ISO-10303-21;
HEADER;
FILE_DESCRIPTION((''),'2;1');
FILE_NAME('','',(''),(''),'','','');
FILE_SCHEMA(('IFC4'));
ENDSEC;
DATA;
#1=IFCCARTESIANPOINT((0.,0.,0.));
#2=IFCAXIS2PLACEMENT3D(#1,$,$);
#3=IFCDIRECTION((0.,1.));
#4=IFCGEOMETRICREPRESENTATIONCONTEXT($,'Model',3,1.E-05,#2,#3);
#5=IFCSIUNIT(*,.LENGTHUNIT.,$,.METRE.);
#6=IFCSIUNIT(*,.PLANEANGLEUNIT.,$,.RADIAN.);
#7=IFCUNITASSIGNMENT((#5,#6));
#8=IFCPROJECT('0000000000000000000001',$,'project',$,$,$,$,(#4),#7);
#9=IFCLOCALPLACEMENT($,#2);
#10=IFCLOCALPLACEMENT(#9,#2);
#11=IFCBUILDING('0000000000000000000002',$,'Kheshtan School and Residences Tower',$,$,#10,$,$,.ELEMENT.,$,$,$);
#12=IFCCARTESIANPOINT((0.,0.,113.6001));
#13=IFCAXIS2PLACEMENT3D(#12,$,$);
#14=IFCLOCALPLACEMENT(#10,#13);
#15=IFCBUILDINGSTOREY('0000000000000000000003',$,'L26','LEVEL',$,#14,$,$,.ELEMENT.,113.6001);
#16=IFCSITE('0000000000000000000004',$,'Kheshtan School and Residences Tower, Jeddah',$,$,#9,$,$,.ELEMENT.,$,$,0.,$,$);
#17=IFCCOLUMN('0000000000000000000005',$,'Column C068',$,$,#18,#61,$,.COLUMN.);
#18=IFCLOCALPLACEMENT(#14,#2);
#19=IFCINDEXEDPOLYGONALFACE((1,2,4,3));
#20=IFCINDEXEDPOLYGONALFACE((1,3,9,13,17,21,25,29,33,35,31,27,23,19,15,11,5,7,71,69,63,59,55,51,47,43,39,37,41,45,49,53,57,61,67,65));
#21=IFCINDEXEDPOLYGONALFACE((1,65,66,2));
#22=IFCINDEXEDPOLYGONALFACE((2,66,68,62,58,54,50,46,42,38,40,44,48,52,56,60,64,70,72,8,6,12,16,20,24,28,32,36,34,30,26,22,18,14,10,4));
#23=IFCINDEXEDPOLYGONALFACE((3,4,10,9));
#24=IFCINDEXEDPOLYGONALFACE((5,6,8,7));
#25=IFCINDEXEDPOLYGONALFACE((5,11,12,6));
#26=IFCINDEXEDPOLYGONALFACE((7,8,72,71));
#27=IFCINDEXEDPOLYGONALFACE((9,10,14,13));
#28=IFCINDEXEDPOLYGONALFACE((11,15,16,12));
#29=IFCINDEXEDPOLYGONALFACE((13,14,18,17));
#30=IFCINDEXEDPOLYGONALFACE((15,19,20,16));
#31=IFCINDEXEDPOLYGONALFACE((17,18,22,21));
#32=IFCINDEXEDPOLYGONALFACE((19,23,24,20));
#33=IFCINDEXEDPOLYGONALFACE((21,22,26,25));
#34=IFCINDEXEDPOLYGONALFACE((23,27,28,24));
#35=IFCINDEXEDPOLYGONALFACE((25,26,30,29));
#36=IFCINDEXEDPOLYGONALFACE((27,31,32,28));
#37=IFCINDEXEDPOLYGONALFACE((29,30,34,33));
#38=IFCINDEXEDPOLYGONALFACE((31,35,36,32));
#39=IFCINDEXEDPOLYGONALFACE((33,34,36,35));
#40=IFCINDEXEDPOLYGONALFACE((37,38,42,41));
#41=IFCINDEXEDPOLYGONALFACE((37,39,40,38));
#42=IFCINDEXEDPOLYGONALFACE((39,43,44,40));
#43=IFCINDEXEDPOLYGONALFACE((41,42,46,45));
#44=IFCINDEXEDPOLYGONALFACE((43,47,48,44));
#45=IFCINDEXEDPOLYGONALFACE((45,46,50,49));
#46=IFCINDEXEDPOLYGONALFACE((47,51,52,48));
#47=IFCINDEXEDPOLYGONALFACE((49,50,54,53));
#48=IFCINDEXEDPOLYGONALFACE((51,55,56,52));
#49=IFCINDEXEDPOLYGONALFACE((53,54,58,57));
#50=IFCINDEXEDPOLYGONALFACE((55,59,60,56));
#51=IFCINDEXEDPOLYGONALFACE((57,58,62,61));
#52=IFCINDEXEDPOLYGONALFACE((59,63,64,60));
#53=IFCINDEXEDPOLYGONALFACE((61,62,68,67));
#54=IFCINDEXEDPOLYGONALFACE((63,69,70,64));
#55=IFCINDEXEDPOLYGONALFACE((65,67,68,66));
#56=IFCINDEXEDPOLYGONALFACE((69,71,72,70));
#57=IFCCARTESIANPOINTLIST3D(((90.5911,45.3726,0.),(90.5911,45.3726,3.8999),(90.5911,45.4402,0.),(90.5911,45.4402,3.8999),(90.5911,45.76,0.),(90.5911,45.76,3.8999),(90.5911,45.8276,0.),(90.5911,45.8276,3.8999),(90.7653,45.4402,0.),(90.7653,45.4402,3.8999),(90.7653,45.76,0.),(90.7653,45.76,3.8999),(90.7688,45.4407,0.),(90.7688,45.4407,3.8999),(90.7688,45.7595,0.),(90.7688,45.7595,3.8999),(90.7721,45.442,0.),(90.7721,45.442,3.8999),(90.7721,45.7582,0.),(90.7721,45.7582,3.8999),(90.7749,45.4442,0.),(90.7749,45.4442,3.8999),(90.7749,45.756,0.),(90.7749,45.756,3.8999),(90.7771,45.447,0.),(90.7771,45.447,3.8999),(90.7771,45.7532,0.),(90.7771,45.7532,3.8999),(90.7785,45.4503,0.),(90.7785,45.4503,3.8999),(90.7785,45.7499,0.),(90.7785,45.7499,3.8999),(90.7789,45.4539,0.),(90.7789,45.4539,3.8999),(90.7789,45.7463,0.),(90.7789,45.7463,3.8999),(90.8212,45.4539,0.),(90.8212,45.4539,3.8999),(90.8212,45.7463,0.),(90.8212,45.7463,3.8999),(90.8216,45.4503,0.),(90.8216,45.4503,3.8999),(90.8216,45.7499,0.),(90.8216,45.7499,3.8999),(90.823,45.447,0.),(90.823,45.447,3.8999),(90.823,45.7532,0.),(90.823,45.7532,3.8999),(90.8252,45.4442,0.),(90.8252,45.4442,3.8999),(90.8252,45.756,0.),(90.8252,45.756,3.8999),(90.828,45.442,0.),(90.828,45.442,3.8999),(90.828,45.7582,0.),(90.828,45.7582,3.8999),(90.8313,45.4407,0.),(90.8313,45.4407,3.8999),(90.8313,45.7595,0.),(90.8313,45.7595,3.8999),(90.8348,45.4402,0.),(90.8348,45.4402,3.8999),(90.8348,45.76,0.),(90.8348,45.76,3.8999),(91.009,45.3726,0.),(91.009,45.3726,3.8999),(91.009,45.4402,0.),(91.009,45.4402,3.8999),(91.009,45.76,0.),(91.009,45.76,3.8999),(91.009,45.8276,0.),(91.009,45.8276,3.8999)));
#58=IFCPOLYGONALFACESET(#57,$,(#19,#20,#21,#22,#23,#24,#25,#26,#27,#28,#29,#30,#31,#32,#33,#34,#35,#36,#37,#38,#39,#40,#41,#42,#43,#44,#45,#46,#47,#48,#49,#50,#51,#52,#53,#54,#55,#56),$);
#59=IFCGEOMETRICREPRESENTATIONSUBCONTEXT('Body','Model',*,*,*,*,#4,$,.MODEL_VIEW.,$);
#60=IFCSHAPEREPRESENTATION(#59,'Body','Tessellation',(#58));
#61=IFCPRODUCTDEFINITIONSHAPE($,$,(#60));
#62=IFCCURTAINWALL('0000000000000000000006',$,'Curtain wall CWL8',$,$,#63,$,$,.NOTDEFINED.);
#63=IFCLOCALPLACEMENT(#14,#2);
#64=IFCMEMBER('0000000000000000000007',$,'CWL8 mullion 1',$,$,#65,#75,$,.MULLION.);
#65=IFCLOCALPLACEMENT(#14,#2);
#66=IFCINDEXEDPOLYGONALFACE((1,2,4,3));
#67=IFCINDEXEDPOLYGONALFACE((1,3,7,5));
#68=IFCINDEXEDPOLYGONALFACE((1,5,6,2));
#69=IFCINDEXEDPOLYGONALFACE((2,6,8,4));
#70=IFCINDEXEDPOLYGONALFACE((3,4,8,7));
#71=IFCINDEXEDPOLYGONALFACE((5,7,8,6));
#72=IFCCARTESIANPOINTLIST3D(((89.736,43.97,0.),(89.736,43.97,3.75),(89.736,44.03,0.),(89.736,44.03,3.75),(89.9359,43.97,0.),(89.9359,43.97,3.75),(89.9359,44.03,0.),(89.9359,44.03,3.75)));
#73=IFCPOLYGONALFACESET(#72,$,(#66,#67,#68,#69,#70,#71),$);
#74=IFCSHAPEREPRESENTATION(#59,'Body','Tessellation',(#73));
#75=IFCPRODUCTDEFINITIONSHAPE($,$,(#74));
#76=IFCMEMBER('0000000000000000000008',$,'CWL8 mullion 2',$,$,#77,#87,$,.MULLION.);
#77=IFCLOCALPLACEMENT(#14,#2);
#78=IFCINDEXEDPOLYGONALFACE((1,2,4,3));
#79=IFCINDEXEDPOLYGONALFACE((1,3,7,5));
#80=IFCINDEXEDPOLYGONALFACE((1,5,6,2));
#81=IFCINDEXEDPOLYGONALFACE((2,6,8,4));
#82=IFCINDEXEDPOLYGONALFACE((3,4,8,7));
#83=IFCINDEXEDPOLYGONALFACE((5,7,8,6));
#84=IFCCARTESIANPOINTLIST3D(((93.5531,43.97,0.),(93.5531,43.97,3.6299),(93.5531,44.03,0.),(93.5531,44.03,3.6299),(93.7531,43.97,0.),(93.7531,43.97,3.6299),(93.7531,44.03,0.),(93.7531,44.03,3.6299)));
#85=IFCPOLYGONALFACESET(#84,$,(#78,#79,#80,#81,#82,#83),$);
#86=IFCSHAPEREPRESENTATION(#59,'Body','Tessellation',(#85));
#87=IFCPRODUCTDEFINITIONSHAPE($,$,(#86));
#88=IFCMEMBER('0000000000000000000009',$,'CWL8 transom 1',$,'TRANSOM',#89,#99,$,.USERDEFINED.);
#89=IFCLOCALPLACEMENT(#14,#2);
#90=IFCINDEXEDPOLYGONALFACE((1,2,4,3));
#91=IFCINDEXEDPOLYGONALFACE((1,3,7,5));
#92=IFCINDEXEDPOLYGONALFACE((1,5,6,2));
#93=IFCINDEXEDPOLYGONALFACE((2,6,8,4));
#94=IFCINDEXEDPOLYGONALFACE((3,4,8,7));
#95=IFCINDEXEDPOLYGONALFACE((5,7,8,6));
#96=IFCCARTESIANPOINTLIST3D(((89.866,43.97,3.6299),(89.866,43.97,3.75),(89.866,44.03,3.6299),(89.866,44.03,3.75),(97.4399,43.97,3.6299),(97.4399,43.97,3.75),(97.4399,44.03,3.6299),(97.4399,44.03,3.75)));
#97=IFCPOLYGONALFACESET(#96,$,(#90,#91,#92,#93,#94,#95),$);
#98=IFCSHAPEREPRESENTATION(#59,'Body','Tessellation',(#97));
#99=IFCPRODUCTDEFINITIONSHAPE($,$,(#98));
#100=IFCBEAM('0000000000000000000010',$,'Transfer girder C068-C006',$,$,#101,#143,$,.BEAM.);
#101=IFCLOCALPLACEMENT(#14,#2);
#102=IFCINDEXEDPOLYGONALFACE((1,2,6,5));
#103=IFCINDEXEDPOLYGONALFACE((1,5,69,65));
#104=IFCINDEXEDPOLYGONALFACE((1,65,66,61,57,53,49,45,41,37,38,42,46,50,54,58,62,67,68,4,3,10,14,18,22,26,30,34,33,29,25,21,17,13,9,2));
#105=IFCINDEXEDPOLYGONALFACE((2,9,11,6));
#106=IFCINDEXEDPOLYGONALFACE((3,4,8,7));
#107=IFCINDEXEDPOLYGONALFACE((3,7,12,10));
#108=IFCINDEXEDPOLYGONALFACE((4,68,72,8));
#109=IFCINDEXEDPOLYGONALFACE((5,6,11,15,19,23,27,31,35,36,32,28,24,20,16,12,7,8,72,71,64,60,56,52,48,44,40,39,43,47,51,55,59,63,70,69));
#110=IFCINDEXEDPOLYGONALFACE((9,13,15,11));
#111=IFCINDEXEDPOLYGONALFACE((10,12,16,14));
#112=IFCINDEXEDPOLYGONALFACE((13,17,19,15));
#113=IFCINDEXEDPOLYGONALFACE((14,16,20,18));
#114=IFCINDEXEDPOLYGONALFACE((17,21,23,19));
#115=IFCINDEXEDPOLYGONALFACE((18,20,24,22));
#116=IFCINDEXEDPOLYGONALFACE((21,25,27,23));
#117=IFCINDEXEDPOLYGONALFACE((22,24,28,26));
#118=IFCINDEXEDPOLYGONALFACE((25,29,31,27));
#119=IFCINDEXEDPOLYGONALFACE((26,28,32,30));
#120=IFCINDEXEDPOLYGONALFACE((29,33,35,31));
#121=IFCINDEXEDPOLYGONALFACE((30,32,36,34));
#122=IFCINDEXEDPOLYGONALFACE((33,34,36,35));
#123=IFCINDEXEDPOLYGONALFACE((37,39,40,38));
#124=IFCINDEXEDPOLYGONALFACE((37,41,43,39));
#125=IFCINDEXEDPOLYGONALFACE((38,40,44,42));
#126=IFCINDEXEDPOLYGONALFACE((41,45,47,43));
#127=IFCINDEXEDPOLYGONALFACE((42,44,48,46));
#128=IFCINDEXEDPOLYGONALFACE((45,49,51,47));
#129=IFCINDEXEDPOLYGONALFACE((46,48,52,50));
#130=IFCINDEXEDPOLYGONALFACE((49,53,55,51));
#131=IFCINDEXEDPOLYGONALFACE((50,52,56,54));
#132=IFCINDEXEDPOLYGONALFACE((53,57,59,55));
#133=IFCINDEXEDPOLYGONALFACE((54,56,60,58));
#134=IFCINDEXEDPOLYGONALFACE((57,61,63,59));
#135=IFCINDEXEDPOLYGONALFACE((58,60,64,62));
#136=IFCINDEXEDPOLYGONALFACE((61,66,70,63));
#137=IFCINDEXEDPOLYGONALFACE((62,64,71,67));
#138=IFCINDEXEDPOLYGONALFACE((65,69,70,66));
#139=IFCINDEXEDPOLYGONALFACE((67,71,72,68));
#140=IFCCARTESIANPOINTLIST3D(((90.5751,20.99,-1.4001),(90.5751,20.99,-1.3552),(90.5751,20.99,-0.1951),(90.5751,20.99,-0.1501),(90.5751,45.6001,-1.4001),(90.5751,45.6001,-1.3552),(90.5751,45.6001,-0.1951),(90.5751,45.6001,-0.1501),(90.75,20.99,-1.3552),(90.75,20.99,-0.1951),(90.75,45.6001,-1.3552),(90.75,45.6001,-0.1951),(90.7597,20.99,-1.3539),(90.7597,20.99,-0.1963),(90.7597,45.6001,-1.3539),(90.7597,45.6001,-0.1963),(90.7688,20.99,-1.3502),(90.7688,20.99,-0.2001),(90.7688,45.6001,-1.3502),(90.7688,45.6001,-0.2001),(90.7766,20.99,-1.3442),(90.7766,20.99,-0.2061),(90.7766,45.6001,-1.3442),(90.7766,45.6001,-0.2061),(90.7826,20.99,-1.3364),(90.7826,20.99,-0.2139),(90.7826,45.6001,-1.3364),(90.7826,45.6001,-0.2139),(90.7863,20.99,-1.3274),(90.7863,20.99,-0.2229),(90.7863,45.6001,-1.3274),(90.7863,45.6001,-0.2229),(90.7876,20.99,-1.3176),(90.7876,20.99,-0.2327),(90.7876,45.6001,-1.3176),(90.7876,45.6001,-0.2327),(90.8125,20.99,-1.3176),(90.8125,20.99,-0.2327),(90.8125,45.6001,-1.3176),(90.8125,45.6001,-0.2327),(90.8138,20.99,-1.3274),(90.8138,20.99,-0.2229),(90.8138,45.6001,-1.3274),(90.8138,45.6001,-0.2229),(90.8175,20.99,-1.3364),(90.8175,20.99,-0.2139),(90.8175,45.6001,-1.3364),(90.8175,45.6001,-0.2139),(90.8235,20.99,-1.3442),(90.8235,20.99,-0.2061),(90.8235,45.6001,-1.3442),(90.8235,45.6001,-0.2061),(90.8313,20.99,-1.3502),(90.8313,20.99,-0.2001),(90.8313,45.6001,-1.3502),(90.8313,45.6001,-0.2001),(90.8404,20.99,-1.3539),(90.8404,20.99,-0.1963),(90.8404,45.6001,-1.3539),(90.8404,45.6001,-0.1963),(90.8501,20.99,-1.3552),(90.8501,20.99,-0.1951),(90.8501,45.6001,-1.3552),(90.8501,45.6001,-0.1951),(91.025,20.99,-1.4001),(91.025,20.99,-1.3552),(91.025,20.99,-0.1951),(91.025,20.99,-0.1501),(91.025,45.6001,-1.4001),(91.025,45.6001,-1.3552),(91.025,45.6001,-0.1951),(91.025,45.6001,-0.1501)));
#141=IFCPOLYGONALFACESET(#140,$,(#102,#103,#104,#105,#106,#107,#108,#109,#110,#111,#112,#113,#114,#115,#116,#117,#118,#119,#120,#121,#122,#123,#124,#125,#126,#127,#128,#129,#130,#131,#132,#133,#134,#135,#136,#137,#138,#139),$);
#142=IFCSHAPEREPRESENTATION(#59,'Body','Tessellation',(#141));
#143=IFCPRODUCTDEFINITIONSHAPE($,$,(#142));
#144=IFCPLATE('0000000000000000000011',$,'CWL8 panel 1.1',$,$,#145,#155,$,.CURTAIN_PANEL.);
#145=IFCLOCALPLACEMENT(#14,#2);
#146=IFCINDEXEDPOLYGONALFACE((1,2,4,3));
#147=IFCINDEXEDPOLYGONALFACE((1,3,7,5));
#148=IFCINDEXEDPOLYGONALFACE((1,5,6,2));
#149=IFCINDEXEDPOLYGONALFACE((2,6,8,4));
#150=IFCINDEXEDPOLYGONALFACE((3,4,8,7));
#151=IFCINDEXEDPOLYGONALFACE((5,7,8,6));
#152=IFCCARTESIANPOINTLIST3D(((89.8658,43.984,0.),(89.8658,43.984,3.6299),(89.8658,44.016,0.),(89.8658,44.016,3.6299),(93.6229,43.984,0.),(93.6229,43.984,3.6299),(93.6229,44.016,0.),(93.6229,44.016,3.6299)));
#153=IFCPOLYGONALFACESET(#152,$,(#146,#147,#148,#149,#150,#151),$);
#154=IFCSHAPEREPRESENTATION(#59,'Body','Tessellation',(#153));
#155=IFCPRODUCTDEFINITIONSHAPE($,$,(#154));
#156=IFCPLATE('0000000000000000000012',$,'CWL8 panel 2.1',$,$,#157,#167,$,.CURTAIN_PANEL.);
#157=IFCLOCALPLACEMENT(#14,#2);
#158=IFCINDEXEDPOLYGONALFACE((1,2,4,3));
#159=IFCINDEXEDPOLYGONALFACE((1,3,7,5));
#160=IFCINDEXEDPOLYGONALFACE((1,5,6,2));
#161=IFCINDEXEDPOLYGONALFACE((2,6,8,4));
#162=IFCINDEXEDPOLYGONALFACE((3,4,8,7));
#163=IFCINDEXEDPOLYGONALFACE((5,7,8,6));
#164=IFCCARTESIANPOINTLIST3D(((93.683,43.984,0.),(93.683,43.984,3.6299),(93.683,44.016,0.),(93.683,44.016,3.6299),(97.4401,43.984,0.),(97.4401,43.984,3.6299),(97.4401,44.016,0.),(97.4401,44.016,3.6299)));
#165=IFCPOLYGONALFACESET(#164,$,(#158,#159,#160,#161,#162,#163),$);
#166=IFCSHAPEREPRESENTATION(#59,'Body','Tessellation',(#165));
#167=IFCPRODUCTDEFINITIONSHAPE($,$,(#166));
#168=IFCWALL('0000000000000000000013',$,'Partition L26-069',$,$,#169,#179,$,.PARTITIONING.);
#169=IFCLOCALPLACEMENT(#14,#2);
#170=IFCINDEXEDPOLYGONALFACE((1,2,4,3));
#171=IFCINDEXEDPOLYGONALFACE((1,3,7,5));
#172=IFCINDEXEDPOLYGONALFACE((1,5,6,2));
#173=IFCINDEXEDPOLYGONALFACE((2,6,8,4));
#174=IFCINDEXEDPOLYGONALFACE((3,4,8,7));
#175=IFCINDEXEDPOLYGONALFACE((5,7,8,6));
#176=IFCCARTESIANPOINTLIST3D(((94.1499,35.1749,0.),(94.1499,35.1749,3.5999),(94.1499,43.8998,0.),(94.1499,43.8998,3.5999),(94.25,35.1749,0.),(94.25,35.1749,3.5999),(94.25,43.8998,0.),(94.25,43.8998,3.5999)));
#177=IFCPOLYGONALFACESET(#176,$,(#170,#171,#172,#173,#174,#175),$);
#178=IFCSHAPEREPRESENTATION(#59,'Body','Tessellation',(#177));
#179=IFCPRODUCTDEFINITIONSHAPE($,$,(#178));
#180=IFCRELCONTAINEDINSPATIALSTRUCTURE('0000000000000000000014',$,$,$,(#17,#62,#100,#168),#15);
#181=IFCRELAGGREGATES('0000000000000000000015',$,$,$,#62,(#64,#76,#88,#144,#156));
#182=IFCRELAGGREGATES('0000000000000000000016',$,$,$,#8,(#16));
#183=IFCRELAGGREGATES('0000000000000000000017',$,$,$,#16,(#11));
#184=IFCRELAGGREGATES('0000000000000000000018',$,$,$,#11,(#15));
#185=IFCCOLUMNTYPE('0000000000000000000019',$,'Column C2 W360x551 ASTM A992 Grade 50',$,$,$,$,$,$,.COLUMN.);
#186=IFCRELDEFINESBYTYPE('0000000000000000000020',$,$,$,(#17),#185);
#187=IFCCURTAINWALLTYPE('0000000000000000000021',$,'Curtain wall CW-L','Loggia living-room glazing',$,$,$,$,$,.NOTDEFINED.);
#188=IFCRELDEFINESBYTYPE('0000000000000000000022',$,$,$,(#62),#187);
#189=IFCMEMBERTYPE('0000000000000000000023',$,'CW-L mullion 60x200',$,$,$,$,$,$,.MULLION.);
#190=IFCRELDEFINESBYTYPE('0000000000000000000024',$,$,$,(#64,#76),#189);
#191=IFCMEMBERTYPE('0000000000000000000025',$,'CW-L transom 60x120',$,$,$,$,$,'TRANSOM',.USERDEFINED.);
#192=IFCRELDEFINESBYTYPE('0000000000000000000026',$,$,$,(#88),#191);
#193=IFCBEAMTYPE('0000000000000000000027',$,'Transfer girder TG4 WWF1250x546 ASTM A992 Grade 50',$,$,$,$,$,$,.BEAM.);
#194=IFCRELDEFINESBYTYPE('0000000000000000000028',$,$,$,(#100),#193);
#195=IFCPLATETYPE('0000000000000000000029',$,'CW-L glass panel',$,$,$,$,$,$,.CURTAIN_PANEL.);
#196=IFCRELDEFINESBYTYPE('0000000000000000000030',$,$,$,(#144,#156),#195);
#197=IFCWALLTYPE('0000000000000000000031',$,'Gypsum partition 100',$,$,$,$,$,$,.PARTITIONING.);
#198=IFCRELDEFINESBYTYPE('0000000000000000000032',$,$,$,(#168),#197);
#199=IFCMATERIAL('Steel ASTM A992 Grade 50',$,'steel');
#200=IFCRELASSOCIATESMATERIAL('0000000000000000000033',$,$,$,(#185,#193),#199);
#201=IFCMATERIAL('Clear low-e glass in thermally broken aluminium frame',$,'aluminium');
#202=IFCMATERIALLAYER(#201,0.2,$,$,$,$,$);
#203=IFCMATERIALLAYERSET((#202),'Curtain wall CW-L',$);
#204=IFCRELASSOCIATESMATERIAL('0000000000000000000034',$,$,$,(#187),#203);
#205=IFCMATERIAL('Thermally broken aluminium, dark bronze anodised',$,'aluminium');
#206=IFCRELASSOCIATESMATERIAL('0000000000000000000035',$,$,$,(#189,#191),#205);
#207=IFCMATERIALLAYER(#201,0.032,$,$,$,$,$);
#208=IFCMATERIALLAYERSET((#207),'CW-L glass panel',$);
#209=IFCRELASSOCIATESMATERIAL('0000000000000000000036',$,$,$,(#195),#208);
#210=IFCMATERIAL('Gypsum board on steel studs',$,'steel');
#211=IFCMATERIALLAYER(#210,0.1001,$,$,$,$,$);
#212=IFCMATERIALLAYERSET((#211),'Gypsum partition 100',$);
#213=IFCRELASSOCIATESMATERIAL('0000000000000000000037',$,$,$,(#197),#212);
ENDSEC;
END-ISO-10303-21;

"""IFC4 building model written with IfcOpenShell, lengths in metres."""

from ifc_helpers import new_model, si_unit, direction, frame, frame_2d, origin, origin_2d, place, context, subcontext, project, spatial, rectangle, i_section, extrude, material, layer, layer_set, material_profile, profile_set, type_object, element, aggregate, save


model = new_model("IFC4")

# Units and contexts
model_context = context("Model", 3, precision=1e-05, world=origin(), true_north=direction((0.0, 1.0)))
body_context = subcontext(model_context, "Body", "Model", "MODEL_VIEW")
ifc_project = project(units=[si_unit("LENGTHUNIT", "METRE"), si_unit("PLANEANGLEUNIT", "RADIAN")], contexts=[model_context])

# Site, building, storey
site_placement = place(None, origin())
site = spatial("IfcSite", under=ifc_project, at=site_placement, Name="Kheshtan School and Residences Tower, Jeddah", CompositionType="ELEMENT", RefElevation=0.0)
building_placement = place(site_placement, origin())
building = spatial("IfcBuilding", under=site, at=building_placement, Name="Kheshtan School and Residences Tower", CompositionType="ELEMENT")
storey_placement = place(building_placement, frame((0.0, 0.0, 113.6001)))
storey = spatial("IfcBuildingStorey", under=building, at=storey_placement, Name="L26", Description="LEVEL", CompositionType="ELEMENT", Elevation=113.6001)

# Column
ifc_material_1 = material(Name="Steel ASTM A992 Grade 50", Category="steel")
ifc_material_profile_1 = material_profile(ifc_material_1, i_section(OverallWidth=0.418, OverallDepth=0.4551, WebThickness=0.0422, FlangeThickness=0.0676, FilletRadius=0.0137, at=origin_2d()), Name="W360x551")
ifc_profile_set_1 = profile_set([ifc_material_profile_1], Name="Steel ASTM A992 Grade 50")
column_type = type_object("IfcColumnType", Name="Column C2 W360x551 ASTM A992 Grade 50", PredefinedType="COLUMN", material=ifc_profile_set_1)
column_placement = place(storey_placement, frame((90.8, 45.6001, 0.0), z_axis=(0.0, 0.0, 1.0), x_axis=(1.0, 0.0, 0.0)))
element("IfcColumn", 1, at=column_placement, inside=storey, type_object=column_type, Name="Column C068", PredefinedType="COLUMN", context=body_context, shape_type="SweptSolid", body=[
    extrude(i_section(OverallWidth=0.418, OverallDepth=0.4551, WebThickness=0.0422, FlangeThickness=0.0676, FilletRadius=0.0137, at=origin_2d()), origin(), (0.0, 0.0, 1.0), 3.8999),
])

# Curtain wall, members
ifc_material_2 = material(Name="Clear low-e glass in thermally broken aluminium frame", Category="aluminium")
ifc_layer_1 = layer(ifc_material_2, 0.2)
ifc_layer_set_1 = layer_set([ifc_layer_1], Name="Curtain wall CW-L")
curtain_wall_type = type_object("IfcCurtainWallType", Name="Curtain wall CW-L", Description="Loggia living-room glazing", PredefinedType="NOTDEFINED", material=ifc_layer_set_1)
curtain_wall_placement = place(storey_placement, origin())
curtain_wall = element("IfcCurtainWall", 2, at=curtain_wall_placement, inside=storey, type_object=curtain_wall_type, Name="Curtain wall CWL8", PredefinedType="NOTDEFINED")
ifc_material_3 = material(Name="Thermally broken aluminium, dark bronze anodised", Category="aluminium")
ifc_material_profile_2 = material_profile(ifc_material_3, rectangle(XDim=0.0601, YDim=0.2, at=origin_2d()), Name="CW-L mullion 60x200")
ifc_profile_set_2 = profile_set([ifc_material_profile_2], Name="Thermally broken aluminium, dark bronze anodised")
member_type_1 = type_object("IfcMemberType", Name="CW-L mullion 60x200", PredefinedType="MULLION", material=ifc_profile_set_2)
member_1_placement = place(storey_placement, frame((89.8359, 44.0, 0.0), z_axis=(0.0, 0.0, 1.0), x_axis=(0.0, 1.0, 0.0)))
member_1 = element("IfcMember", 3, at=member_1_placement, type_object=member_type_1, Name="CWL8 mullion 1", PredefinedType="MULLION", context=body_context, shape_type="SweptSolid", body=[
    extrude(rectangle(XDim=0.0601, YDim=0.2, at=origin_2d()), origin(), (0.0, 0.0, 1.0), 3.75),
])
member_2_placement = place(storey_placement, frame((93.6531, 44.0, 0.0), z_axis=(0.0, 0.0, 1.0), x_axis=(0.0, 1.0, 0.0)))
member_2 = element("IfcMember", 4, at=member_2_placement, type_object=member_type_1, Name="CWL8 mullion 2", PredefinedType="MULLION", context=body_context, shape_type="SweptSolid", body=[
    extrude(rectangle(XDim=0.0601, YDim=0.2, at=origin_2d()), origin(), (0.0, 0.0, 1.0), 3.6299),
])
ifc_material_profile_3 = material_profile(ifc_material_3, rectangle(XDim=0.0601, YDim=0.1201, at=origin_2d()), Name="CW-L transom 60x120")
ifc_profile_set_3 = profile_set([ifc_material_profile_3], Name="Thermally broken aluminium, dark bronze anodised")
member_type_2 = type_object("IfcMemberType", Name="CW-L transom 60x120", ElementType="TRANSOM", PredefinedType="USERDEFINED", material=ifc_profile_set_3)
member_3_placement = place(storey_placement, frame((89.866, 44.0, 3.6899), z_axis=(1.0, 0.0, 0.0), x_axis=(0.0, 1.0, 0.0)))
member_3 = element("IfcMember", 5, at=member_3_placement, type_object=member_type_2, Name="CWL8 transom 1", ObjectType="TRANSOM", PredefinedType="USERDEFINED", context=body_context, shape_type="SweptSolid", body=[
    extrude(rectangle(XDim=0.0601, YDim=0.1201, at=origin_2d()), origin(), (0.0, 0.0, 1.0), 7.574),
])

# Beam
ifc_material_profile_4 = material_profile(ifc_material_1, i_section(OverallWidth=0.45, OverallDepth=1.25, WebThickness=0.0249, FlangeThickness=0.0449, FilletRadius=0.0376, at=origin_2d()), Name="WWF1250x546")
ifc_profile_set_4 = profile_set([ifc_material_profile_4], Name="Steel ASTM A992 Grade 50")
beam_type = type_object("IfcBeamType", Name="Transfer girder TG4 WWF1250x546 ASTM A992 Grade 50", PredefinedType="BEAM", material=ifc_profile_set_4)
beam_placement = place(storey_placement, frame((90.8, 45.6001, -0.7751), z_axis=(0.0, -1.0, 0.0), x_axis=(1.0, 0.0, 0.0)))
element("IfcBeam", 6, at=beam_placement, inside=storey, type_object=beam_type, Name="Transfer girder C068-C006", PredefinedType="BEAM", context=body_context, shape_type="SweptSolid", body=[
    extrude(i_section(OverallWidth=0.45, OverallDepth=1.25, WebThickness=0.0249, FlangeThickness=0.0449, FilletRadius=0.0376, at=origin_2d()), origin(), (0.0, 0.0, 1.0), 24.6101),
])

# Plates
ifc_layer_2 = layer(ifc_material_2, 0.032)
ifc_layer_set_2 = layer_set([ifc_layer_2], Name="CW-L glass panel")
plate_type = type_object("IfcPlateType", Name="CW-L glass panel", PredefinedType="CURTAIN_PANEL", material=ifc_layer_set_2)
plate_1_placement = place(storey_placement, frame((91.7444, 44.0, 0.0), z_axis=(0.0, 0.0, 1.0), x_axis=(1.0, 0.0, 0.0)))
plate_1 = element("IfcPlate", 7, at=plate_1_placement, type_object=plate_type, Name="CWL8 panel 1.1", PredefinedType="CURTAIN_PANEL", context=body_context, shape_type="SweptSolid", body=[
    extrude(rectangle(XDim=3.7571, YDim=0.032, at=origin_2d()), origin(), (0.0, 0.0, 1.0), 3.6299),
])
plate_2_placement = place(storey_placement, frame((95.5615, 44.0, 0.0), z_axis=(0.0, 0.0, 1.0), x_axis=(1.0, 0.0, 0.0)))
plate_2 = element("IfcPlate", 8, at=plate_2_placement, type_object=plate_type, Name="CWL8 panel 2.1", PredefinedType="CURTAIN_PANEL", context=body_context, shape_type="SweptSolid", body=[
    extrude(rectangle(XDim=3.7571, YDim=0.032, at=origin_2d()), origin(), (0.0, 0.0, 1.0), 3.6299),
])
aggregate(curtain_wall, [member_1, member_2, member_3, plate_1, plate_2])

# Wall
ifc_material_4 = material(Name="Gypsum board on steel studs", Category="steel")
ifc_layer_3 = layer(ifc_material_4, 0.1001)
ifc_layer_set_3 = layer_set([ifc_layer_3], Name="Gypsum partition 100")
wall_type_1 = type_object("IfcWallType", Name="Gypsum partition 100", PredefinedType="PARTITIONING", material=ifc_layer_set_3)
wall_1_placement = place(storey_placement, frame((94.2, 35.175, 0.0), z_axis=(0.0, 0.0, 1.0), x_axis=(0.0, 1.0, 0.0)))
element("IfcWall", 9, at=wall_1_placement, inside=storey, type_object=wall_type_1, Name="Partition L26-069", PredefinedType="PARTITIONING", context=body_context, shape_type="SweptSolid", body=[
    extrude(rectangle(XDim=8.7249, YDim=0.1001, at=frame_2d((4.3623, 0.0))), origin(), (0.0, 0.0, 1.0), 3.5999),
])

save(model, "model.ifc")
